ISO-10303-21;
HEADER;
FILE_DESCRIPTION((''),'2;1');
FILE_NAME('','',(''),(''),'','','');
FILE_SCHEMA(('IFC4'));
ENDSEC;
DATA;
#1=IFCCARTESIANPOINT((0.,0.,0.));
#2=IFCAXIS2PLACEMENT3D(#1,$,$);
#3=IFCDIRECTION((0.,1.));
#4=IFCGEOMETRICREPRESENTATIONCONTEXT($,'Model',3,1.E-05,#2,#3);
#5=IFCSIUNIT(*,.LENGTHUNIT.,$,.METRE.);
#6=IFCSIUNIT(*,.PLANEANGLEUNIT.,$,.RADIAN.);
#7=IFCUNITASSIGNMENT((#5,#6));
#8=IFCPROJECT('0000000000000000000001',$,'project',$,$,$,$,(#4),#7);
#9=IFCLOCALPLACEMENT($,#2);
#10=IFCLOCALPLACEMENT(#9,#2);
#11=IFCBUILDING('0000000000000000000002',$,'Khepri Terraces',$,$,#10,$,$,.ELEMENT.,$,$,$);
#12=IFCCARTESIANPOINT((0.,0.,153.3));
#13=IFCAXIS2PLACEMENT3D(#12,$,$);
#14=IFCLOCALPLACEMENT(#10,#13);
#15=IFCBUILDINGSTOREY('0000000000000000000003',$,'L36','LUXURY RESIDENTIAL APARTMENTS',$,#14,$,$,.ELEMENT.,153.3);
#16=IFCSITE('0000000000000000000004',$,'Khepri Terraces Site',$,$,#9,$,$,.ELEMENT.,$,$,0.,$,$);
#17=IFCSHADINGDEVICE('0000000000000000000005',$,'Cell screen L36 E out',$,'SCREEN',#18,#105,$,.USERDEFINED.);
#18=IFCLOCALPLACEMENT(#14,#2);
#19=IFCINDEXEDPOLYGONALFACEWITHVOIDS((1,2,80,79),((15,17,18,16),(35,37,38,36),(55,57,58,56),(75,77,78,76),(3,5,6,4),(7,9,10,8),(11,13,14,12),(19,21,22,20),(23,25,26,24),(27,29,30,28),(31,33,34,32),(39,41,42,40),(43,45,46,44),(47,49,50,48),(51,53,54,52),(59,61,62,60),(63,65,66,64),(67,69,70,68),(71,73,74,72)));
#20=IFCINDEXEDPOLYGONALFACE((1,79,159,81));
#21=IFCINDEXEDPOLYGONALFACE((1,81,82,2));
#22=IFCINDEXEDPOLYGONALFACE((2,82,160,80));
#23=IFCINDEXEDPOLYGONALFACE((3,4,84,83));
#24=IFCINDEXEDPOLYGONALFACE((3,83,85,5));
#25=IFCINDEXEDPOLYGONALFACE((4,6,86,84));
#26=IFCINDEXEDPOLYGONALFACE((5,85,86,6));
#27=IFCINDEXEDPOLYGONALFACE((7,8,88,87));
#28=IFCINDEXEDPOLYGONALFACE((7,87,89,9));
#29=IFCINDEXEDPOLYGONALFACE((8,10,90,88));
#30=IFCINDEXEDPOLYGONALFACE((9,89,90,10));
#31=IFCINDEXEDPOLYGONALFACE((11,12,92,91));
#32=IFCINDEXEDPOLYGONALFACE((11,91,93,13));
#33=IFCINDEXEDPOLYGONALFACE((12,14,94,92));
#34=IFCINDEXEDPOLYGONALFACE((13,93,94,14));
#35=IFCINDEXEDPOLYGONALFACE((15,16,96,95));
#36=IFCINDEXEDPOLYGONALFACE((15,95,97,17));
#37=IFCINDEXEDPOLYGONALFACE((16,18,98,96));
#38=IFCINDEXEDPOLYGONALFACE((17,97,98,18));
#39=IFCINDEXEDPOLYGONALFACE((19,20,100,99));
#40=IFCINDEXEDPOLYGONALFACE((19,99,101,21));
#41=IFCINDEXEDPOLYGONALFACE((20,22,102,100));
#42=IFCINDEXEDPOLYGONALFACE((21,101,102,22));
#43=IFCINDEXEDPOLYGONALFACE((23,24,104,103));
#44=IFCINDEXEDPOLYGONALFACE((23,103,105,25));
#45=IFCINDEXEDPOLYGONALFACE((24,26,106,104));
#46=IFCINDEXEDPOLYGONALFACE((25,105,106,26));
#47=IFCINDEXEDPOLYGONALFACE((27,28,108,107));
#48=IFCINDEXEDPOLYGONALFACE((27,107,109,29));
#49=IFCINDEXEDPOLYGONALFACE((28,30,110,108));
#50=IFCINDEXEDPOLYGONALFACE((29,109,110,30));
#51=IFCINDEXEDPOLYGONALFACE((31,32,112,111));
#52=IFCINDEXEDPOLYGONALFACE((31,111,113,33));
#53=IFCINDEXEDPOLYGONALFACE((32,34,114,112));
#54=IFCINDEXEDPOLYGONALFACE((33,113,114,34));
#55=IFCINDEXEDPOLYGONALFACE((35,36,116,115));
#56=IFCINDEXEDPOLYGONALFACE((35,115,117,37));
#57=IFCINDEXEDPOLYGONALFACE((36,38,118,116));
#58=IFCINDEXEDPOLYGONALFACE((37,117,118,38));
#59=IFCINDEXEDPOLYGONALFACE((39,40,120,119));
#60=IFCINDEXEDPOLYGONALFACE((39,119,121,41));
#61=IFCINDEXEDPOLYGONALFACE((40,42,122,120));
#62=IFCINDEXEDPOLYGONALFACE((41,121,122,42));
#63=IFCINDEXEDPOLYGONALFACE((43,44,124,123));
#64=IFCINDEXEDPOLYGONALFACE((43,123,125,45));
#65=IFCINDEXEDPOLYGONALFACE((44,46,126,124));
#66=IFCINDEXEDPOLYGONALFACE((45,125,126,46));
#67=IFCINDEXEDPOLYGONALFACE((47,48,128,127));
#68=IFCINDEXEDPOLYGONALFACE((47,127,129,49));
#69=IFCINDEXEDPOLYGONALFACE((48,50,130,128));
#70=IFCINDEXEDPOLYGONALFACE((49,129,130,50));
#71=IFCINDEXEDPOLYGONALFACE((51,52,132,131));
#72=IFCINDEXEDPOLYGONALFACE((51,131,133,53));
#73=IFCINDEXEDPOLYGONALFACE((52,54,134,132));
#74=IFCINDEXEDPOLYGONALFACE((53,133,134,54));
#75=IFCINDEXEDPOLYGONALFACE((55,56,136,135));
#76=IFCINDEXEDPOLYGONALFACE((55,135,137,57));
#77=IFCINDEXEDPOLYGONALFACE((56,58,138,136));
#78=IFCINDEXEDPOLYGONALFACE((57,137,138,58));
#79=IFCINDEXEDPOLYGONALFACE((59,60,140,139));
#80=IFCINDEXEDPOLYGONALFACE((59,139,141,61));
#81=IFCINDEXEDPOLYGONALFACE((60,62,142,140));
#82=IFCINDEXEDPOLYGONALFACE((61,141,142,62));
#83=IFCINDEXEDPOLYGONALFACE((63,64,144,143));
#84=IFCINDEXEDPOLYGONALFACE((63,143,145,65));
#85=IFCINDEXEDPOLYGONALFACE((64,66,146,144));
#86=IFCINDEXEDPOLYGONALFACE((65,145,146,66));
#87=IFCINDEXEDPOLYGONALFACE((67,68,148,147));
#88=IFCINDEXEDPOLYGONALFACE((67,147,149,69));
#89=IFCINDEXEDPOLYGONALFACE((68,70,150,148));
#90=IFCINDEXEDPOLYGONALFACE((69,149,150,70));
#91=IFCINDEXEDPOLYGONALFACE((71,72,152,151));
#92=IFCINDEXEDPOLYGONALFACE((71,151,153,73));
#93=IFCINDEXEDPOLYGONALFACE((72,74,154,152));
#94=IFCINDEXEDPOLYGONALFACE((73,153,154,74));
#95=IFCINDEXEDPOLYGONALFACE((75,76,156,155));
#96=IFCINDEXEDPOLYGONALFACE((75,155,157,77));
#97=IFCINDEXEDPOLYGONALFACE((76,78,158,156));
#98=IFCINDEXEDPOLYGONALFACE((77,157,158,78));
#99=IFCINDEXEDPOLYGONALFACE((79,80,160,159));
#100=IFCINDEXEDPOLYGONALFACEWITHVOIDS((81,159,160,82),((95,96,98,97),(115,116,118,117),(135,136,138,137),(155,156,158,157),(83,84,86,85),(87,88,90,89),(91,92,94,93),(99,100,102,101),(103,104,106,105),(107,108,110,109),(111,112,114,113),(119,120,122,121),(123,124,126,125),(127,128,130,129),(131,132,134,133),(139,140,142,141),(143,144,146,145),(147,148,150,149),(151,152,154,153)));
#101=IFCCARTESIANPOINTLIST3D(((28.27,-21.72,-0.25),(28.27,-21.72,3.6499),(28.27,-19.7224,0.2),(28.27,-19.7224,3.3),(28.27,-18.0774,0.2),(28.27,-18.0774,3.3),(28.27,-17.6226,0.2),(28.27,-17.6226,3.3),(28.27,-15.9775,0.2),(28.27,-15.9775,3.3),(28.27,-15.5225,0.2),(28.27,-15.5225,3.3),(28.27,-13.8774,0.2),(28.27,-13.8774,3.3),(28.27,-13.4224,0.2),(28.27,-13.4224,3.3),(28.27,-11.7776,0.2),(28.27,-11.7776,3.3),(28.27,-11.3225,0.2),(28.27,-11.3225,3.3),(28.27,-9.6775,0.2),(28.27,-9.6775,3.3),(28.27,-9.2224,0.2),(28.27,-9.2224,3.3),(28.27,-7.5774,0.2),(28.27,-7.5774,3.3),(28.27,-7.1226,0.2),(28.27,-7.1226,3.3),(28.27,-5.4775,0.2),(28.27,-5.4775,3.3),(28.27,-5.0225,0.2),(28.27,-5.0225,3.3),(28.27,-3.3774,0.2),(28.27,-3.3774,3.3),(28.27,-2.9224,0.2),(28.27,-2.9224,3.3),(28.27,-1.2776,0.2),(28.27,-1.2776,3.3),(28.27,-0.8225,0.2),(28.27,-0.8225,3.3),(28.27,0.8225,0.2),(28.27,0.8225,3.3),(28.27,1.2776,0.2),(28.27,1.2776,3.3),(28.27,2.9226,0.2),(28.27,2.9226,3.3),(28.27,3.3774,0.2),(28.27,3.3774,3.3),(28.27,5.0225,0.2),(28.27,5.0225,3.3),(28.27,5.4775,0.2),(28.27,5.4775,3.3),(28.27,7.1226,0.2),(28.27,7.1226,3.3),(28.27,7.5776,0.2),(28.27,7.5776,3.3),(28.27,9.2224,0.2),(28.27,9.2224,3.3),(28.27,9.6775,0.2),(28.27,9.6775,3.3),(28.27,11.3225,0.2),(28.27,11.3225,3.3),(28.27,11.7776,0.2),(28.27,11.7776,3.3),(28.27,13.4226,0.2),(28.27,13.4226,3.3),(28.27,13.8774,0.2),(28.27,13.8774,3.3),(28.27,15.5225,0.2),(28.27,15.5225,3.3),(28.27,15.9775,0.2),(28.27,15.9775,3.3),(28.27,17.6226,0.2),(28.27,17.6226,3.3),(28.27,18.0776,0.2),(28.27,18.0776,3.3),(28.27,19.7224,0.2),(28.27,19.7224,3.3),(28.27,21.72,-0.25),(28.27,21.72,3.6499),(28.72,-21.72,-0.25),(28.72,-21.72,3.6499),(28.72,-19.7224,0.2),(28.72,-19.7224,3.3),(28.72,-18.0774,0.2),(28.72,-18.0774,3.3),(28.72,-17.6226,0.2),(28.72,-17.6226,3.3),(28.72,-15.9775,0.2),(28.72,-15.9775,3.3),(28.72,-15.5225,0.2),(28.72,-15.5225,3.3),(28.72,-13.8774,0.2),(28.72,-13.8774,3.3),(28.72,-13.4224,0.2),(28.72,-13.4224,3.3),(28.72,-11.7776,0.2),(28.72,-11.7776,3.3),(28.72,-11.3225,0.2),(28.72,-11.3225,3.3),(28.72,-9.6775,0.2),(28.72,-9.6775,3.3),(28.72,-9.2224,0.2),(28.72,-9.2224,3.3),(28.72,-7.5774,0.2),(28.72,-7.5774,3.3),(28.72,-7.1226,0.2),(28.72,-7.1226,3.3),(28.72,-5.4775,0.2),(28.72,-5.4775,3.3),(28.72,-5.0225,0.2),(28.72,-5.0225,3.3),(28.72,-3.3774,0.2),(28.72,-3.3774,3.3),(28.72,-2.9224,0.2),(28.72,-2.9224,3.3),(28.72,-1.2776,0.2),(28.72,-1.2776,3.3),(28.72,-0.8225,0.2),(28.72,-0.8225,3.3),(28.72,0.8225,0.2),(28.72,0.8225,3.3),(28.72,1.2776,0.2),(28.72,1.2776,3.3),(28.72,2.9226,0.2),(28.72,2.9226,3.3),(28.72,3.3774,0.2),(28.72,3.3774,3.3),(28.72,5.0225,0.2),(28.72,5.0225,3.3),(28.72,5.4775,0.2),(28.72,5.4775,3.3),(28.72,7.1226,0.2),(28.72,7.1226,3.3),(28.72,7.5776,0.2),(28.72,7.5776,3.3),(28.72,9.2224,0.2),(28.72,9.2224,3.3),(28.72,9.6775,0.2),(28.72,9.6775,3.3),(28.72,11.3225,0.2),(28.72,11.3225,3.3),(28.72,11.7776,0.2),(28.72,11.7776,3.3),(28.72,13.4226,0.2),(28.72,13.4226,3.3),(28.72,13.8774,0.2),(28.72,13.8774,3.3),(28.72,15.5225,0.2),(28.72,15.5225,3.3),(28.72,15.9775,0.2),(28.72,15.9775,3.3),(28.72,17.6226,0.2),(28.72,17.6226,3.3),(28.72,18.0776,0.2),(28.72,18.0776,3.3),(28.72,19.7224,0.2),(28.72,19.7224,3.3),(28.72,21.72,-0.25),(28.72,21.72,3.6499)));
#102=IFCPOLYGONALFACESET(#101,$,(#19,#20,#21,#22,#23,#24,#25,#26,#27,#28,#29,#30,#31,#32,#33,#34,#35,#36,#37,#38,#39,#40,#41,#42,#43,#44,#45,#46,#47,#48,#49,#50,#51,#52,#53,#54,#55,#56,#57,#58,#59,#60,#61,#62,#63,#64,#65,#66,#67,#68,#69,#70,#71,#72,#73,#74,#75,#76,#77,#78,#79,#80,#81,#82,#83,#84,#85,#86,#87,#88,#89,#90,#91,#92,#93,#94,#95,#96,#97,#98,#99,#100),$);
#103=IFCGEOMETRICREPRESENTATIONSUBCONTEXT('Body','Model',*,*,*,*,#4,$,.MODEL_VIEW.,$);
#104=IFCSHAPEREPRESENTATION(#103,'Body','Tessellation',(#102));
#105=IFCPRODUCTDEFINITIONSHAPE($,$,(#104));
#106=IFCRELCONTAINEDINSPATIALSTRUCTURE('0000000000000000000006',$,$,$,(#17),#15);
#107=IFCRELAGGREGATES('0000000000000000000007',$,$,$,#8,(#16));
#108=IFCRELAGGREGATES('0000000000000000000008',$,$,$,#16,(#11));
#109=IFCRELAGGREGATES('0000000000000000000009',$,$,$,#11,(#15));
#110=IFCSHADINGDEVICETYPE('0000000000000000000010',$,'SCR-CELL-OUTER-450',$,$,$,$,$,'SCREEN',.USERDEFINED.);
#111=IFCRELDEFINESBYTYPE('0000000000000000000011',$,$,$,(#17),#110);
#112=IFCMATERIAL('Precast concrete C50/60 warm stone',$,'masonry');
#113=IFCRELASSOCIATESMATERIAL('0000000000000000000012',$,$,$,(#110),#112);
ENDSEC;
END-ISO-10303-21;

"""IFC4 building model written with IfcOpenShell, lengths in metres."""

from ifc_helpers import new_model, si_unit, direction, frame, origin, place, context, subcontext, project, spatial, polyline, outline, extrude, material, type_object, element, save


model = new_model("IFC4")

# Units and contexts
model_context = context("Model", 3, precision=1e-05, world=origin(), true_north=direction((0.0, 1.0)))
body_context = subcontext(model_context, "Body", "Model", "MODEL_VIEW")
ifc_project = project(units=[si_unit("LENGTHUNIT", "METRE"), si_unit("PLANEANGLEUNIT", "RADIAN")], contexts=[model_context])

# Site, building, storey
site_placement = place(None, origin())
site = spatial("IfcSite", under=ifc_project, at=site_placement, Name="Khepri Terraces Site", CompositionType="ELEMENT", RefElevation=0.0)
building_placement = place(site_placement, origin())
building = spatial("IfcBuilding", under=site, at=building_placement, Name="Khepri Terraces", CompositionType="ELEMENT")
storey_placement = place(building_placement, frame((0.0, 0.0, 153.3)))
storey = spatial("IfcBuildingStorey", under=building, at=storey_placement, Name="L36", Description="LUXURY RESIDENTIAL APARTMENTS", CompositionType="ELEMENT", Elevation=153.3)

# Shared definitions
ifc_material_1 = material(Name="Precast concrete C50/60 warm stone", Category="masonry")

# Shading device
shading_device_type_1 = type_object("IfcShadingDeviceType", Name="SCR-CELL-OUTER-450", ElementType="SCREEN", PredefinedType="USERDEFINED", material=ifc_material_1)
shading_device_1_placement = place(storey_placement, frame((28.27, -21.72, -0.25), z_axis=(1.0, 0.0, 0.0), x_axis=(0.0, 1.0, 0.0)))
element("IfcShadingDevice", 1, at=shading_device_1_placement, inside=storey, type_object=shading_device_type_1, Name="Cell screen L36 E out", ObjectType="SCREEN", PredefinedType="USERDEFINED", context=body_context, shape_type="SweptSolid", body=[
    extrude(outline(polyline([(0.0, 0.0), (43.4399, 0.0), (43.4399, 3.8999), (0.0, 3.8999), (0.0, 0.0)]), holes=[polyline([(1.9976, 0.45), (3.6426, 0.45), (3.6426, 3.55), (1.9976, 3.55), (1.9976, 0.45)]), polyline([(4.0974, 0.45), (5.7424, 0.45), (5.7424, 3.55), (4.0974, 3.55), (4.0974, 0.45)]), polyline([(6.1975, 0.45), (7.8425, 0.45), (7.8425, 3.55), (6.1975, 3.55), (6.1975, 0.45)]), polyline([(8.2976, 0.45), (9.9424, 0.45), (9.9424, 3.55), (8.2976, 3.55), (8.2976, 0.45)]), polyline([(10.3975, 0.45), (12.0425, 0.45), (12.0425, 3.55), (10.3975, 3.55), (10.3975, 0.45)]), polyline([(12.4976, 0.45), (14.1426, 0.45), (14.1426, 3.55), (12.4976, 3.55), (12.4976, 0.45)]), polyline([(14.5974, 0.45), (16.2424, 0.45), (16.2424, 3.55), (14.5974, 3.55), (14.5974, 0.45)]), polyline([(16.6975, 0.45), (18.3425, 0.45), (18.3425, 3.55), (16.6975, 3.55), (16.6975, 0.45)]), polyline([(18.7976, 0.45), (20.4424, 0.45), (20.4424, 3.55), (18.7976, 3.55), (18.7976, 0.45)]), polyline([(20.8975, 0.45), (22.5425, 0.45), (22.5425, 3.55), (20.8975, 3.55), (20.8975, 0.45)]), polyline([(22.9976, 0.45), (24.6426, 0.45), (24.6426, 3.55), (22.9976, 3.55), (22.9976, 0.45)]), polyline([(25.0974, 0.45), (26.7424, 0.45), (26.7424, 3.55), (25.0974, 3.55), (25.0974, 0.45)]), polyline([(27.1975, 0.45), (28.8425, 0.45), (28.8425, 3.55), (27.1975, 3.55), (27.1975, 0.45)]), polyline([(29.2976, 0.45), (30.9424, 0.45), (30.9424, 3.55), (29.2976, 3.55), (29.2976, 0.45)]), polyline([(31.3975, 0.45), (33.0425, 0.45), (33.0425, 3.55), (31.3975, 3.55), (31.3975, 0.45)]), polyline([(33.4976, 0.45), (35.1426, 0.45), (35.1426, 3.55), (33.4976, 3.55), (33.4976, 0.45)]), polyline([(35.5974, 0.45), (37.2424, 0.45), (37.2424, 3.55), (35.5974, 3.55), (35.5974, 0.45)]), polyline([(37.6975, 0.45), (39.3425, 0.45), (39.3425, 3.55), (37.6975, 3.55), (37.6975, 0.45)]), polyline([(39.7976, 0.45), (41.4424, 0.45), (41.4424, 3.55), (39.7976, 3.55), (39.7976, 0.45)])]), origin(), (0.0, 0.0, 1.0), 0.45),
])

save(model, "model.ifc")
